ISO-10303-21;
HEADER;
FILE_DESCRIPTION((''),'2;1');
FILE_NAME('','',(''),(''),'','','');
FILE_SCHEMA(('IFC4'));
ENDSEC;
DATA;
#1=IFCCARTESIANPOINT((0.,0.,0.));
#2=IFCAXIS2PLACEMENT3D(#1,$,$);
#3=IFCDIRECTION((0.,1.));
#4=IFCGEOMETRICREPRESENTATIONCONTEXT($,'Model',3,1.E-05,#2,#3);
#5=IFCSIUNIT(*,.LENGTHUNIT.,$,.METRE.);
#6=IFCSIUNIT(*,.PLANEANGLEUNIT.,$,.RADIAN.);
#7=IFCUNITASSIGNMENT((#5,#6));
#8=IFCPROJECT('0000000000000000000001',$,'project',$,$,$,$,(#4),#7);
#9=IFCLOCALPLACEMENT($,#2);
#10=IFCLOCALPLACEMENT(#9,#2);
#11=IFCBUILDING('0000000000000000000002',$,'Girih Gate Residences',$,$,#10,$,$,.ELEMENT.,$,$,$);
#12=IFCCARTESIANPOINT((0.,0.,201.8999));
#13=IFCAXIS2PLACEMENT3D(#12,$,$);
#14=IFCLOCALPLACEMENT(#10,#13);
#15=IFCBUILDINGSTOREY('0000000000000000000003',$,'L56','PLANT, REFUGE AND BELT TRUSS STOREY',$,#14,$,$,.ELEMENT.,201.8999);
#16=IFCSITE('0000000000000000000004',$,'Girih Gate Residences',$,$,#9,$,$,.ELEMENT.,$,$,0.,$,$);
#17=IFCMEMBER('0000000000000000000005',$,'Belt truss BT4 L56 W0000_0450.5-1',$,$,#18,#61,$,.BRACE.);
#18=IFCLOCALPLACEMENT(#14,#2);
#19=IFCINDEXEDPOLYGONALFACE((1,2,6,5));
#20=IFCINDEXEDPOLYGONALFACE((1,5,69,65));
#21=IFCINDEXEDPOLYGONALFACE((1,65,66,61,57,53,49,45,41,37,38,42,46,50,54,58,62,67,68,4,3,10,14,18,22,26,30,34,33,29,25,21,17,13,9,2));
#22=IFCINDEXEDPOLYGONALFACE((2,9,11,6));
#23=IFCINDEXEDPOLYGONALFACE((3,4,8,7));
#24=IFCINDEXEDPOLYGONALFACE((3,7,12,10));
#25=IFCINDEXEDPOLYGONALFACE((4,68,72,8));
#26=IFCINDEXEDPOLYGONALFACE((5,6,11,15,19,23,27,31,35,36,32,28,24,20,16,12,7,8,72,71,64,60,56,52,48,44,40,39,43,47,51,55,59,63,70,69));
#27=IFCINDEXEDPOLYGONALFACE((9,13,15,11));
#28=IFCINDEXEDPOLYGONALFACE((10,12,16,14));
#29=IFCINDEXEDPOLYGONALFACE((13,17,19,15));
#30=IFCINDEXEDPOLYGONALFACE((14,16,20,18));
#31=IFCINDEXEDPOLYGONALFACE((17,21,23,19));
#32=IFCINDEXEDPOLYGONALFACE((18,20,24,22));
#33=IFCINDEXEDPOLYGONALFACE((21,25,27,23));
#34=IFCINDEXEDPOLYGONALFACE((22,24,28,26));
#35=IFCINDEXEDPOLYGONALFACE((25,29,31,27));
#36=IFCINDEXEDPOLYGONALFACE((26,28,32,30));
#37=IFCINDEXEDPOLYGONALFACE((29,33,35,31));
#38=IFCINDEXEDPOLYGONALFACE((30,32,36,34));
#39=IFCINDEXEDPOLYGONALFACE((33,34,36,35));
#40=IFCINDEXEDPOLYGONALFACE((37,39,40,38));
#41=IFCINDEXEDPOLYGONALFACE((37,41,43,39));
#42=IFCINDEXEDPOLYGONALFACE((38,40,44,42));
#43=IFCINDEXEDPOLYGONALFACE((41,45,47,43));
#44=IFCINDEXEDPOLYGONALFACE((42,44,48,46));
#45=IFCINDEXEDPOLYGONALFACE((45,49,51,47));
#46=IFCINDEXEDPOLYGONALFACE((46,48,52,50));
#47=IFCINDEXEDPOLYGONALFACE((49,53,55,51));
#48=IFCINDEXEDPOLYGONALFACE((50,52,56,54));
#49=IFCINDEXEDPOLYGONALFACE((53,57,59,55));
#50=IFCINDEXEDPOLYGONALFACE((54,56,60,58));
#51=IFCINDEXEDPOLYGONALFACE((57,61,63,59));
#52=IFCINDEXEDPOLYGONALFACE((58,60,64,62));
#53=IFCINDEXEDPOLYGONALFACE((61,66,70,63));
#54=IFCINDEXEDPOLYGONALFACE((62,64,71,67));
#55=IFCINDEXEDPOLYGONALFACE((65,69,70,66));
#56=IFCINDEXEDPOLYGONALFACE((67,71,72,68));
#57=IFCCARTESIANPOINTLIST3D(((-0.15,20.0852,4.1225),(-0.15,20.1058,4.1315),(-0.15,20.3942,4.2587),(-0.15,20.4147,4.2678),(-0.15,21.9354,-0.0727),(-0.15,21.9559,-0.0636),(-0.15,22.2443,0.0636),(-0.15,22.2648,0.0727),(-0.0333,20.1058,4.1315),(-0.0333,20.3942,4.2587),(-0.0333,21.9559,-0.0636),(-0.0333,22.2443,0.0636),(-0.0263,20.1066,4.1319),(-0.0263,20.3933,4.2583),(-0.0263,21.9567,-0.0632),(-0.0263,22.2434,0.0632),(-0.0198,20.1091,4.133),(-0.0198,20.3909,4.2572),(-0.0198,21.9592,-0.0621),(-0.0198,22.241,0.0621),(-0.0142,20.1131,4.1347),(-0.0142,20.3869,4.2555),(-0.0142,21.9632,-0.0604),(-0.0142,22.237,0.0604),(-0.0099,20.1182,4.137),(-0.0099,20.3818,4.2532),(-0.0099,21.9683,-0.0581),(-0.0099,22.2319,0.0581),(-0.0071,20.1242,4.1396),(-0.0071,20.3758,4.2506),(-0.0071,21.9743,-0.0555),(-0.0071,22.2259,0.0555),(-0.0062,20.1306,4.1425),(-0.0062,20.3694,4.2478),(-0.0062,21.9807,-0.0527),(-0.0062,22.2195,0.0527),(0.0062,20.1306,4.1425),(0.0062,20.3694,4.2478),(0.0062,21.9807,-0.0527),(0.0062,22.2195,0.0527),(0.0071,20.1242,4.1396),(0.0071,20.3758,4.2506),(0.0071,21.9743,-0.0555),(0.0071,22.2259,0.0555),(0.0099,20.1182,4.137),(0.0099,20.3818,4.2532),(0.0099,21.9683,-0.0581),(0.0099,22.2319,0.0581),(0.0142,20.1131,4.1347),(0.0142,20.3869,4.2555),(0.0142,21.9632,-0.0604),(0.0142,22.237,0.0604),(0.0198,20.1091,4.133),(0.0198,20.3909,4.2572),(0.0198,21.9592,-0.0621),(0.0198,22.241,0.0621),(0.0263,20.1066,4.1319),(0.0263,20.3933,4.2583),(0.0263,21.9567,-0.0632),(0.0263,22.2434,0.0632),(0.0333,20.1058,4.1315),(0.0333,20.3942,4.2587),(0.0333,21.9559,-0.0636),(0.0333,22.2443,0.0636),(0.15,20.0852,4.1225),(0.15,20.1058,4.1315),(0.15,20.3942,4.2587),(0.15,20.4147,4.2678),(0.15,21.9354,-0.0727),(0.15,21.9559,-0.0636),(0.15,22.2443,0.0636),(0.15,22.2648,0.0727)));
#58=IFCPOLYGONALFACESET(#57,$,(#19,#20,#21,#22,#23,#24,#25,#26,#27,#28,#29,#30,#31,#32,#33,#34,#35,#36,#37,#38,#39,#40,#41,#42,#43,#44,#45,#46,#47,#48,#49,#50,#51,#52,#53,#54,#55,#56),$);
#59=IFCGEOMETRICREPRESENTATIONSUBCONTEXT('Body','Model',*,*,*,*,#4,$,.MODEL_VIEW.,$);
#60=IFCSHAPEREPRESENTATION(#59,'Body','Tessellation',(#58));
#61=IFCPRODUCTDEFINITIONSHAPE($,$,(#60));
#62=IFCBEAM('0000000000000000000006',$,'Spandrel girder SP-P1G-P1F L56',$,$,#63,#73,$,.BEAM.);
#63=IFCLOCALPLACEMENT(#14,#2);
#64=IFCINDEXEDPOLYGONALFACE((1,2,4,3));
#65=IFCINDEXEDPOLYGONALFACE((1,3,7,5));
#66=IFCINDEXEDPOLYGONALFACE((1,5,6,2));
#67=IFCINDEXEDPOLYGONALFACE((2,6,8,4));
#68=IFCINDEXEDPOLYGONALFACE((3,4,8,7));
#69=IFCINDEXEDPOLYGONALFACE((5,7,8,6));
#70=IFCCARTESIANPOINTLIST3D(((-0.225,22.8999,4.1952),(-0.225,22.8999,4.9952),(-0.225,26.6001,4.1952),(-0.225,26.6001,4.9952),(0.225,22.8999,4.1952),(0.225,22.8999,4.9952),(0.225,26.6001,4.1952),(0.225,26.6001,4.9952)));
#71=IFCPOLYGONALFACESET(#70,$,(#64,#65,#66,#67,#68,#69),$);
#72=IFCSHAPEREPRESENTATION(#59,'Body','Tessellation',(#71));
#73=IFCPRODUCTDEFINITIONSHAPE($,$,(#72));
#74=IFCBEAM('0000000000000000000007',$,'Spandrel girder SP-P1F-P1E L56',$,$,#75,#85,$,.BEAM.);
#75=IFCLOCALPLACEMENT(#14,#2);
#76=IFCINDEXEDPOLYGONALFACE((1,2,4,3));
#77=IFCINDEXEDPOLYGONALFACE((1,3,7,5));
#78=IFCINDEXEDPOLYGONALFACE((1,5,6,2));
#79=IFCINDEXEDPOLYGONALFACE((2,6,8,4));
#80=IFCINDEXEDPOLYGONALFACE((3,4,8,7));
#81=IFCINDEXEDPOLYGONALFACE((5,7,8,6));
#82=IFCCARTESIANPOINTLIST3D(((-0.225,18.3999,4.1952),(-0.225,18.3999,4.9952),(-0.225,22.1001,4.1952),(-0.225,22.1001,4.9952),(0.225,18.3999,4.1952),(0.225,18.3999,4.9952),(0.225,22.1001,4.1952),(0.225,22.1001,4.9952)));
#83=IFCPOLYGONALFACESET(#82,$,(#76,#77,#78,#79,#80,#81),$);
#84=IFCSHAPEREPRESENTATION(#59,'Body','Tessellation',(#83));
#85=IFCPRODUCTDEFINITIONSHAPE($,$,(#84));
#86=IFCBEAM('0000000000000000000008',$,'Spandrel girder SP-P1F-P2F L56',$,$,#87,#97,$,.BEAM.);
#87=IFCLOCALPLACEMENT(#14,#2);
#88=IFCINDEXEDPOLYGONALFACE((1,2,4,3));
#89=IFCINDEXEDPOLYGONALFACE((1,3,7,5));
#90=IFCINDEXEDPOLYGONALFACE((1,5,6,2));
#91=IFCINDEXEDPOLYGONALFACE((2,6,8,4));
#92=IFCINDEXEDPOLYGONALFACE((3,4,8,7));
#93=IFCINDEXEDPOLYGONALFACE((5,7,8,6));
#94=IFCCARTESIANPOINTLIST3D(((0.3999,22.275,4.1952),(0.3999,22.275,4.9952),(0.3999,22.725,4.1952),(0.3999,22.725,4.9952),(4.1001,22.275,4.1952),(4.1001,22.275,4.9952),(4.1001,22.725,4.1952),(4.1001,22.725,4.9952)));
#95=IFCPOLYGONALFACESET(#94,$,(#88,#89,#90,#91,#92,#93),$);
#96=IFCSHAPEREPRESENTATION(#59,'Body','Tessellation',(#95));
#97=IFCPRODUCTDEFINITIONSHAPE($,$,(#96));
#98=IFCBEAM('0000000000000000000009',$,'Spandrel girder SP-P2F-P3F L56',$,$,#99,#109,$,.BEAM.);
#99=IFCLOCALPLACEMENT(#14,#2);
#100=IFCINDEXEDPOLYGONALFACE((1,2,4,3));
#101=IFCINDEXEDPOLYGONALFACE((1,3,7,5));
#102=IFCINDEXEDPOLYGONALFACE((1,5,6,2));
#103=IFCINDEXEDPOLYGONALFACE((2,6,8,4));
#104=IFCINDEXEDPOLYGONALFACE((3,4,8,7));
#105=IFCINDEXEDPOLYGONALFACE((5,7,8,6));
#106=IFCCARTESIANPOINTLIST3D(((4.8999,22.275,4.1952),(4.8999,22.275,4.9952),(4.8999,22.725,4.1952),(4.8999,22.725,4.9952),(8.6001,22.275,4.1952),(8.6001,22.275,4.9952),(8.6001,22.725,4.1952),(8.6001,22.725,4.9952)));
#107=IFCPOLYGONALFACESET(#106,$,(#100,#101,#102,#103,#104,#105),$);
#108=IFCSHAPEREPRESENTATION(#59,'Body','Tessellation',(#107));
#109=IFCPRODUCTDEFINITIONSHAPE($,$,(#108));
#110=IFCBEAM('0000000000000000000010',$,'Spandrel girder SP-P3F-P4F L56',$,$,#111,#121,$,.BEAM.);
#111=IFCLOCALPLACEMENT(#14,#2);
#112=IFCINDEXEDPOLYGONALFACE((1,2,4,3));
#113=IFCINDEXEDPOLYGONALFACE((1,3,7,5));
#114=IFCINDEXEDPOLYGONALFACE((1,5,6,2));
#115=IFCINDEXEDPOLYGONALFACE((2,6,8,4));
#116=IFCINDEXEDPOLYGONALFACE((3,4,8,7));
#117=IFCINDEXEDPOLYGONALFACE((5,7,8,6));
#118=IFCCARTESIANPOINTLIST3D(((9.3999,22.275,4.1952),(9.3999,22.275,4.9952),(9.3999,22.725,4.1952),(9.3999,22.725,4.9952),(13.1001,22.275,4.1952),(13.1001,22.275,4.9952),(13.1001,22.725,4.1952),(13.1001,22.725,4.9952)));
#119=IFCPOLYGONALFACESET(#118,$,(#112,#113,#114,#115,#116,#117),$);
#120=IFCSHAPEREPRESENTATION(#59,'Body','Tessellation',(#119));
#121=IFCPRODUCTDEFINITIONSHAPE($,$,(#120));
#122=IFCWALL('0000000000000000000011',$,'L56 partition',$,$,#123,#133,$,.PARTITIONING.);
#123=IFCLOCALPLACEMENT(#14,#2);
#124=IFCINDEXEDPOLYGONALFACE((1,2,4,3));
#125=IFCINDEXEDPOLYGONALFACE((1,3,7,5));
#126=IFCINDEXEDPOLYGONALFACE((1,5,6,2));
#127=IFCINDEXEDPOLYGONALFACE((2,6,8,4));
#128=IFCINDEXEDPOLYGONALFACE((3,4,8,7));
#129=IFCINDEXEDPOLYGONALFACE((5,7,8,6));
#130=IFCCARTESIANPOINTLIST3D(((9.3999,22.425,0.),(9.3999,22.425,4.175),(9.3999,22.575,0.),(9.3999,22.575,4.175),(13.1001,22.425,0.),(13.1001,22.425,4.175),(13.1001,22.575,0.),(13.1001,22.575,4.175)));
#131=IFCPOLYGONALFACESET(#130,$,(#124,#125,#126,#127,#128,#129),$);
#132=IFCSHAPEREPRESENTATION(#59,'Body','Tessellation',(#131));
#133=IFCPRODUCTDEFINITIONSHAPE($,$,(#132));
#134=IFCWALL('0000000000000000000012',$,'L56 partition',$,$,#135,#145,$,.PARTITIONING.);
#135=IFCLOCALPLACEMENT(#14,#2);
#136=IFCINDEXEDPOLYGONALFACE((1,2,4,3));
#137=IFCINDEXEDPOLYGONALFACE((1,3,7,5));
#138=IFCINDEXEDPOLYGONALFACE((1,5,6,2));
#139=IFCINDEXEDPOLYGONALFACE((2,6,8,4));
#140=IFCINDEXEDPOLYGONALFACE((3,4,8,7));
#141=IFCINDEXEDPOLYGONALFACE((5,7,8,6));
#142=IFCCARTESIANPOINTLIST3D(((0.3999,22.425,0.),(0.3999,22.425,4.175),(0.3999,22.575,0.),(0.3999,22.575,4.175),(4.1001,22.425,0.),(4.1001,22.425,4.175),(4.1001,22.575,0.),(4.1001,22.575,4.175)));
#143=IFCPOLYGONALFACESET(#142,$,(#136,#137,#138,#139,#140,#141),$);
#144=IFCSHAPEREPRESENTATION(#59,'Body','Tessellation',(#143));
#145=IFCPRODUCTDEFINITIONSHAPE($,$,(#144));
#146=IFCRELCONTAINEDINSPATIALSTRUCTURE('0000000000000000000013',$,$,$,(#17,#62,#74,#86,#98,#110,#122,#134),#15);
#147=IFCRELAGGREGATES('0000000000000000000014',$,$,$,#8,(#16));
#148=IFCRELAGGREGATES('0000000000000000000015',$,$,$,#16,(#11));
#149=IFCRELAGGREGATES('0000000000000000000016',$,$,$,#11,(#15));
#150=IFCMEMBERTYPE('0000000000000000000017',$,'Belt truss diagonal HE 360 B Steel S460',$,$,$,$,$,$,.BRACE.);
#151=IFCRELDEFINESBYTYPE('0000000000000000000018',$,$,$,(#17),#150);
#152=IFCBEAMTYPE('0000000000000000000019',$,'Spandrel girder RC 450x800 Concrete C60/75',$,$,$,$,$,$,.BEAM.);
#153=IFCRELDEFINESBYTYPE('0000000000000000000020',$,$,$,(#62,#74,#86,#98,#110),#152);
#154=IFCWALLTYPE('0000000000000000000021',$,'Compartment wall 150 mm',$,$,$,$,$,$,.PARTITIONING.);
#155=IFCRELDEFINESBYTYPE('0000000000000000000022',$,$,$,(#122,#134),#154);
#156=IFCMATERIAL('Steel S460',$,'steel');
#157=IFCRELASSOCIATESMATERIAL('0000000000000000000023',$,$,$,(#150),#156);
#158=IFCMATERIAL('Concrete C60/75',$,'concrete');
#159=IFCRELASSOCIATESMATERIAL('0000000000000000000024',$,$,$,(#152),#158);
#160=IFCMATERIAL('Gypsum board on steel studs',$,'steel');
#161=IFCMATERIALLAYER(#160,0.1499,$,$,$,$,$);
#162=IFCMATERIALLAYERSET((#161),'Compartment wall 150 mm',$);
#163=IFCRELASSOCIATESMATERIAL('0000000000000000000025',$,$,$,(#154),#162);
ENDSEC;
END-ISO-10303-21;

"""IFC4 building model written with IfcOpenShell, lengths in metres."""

from ifc_helpers import new_model, si_unit, direction, frame, frame_2d, origin, origin_2d, place, context, subcontext, project, spatial, rectangle, i_section, extrude, material, layer, layer_set, material_profile, profile_set, type_object, element, save


model = new_model("IFC4")

# Units and contexts
model_context = context("Model", 3, precision=1e-05, world=origin(), true_north=direction((0.0, 1.0)))
body_context = subcontext(model_context, "Body", "Model", "MODEL_VIEW")
ifc_project = project(units=[si_unit("LENGTHUNIT", "METRE"), si_unit("PLANEANGLEUNIT", "RADIAN")], contexts=[model_context])

# Site, building, storey
site_placement = place(None, origin())
site = spatial("IfcSite", under=ifc_project, at=site_placement, Name="Girih Gate Residences", CompositionType="ELEMENT", RefElevation=0.0)
building_placement = place(site_placement, origin())
building = spatial("IfcBuilding", under=site, at=building_placement, Name="Girih Gate Residences", CompositionType="ELEMENT")
storey_placement = place(building_placement, frame((0.0, 0.0, 201.8999)))
storey = spatial("IfcBuildingStorey", under=building, at=storey_placement, Name="L56", Description="PLANT, REFUGE AND BELT TRUSS STOREY", CompositionType="ELEMENT", Elevation=201.8999)

# Shared definitions
ifc_material_1 = material(Name="Concrete C60/75", Category="concrete")

# Member
ifc_material_2 = material(Name="Steel S460", Category="steel")
ifc_material_profile_1 = material_profile(ifc_material_2, i_section(OverallWidth=0.3, OverallDepth=0.3601, WebThickness=0.0125, FlangeThickness=0.0225, FilletRadius=0.0271, at=origin_2d()))
ifc_profile_set_1 = profile_set([ifc_material_profile_1], Name="Steel S460")
member_type = type_object("IfcMemberType", Name="Belt truss diagonal HE 360 B Steel S460", PredefinedType="BRACE", material=ifc_profile_set_1)
for number, where, z_axis, x_axis, name in (
    (1, (0.0, 22.1001, 0.0), (0.0, -0.403518, 0.914972), (1.0, 0.0, 0.0), "Belt truss BT4 L56 W0000_0450.5-1"),
):
    element("IfcMember", number, at=place(storey_placement, frame(where, z_axis=z_axis, x_axis=x_axis)), inside=storey, type_object=member_type, Name=name, PredefinedType="BRACE", context=body_context, shape_type="SweptSolid", body=[
        extrude(i_section(OverallWidth=0.3, OverallDepth=0.3601, WebThickness=0.0125, FlangeThickness=0.0225, FilletRadius=0.0271, at=origin_2d()), origin(), (0.0, 0.0, 1.0), 4.585),
    ])

# Beams
ifc_material_profile_2 = material_profile(ifc_material_1, rectangle(XDim=0.45, YDim=0.8, at=origin_2d()))
ifc_profile_set_2 = profile_set([ifc_material_profile_2], Name="Concrete C60/75")
beam_type = type_object("IfcBeamType", Name="Spandrel girder RC 450x800 Concrete C60/75", PredefinedType="BEAM", material=ifc_profile_set_2)
for number, where, z_axis, x_axis, name in (
    (2, (0.0, 26.6001, 4.5952), (0.0, -1.0, 0.0), (1.0, 0.0, 0.0), "Spandrel girder SP-P1G-P1F L56"),
    (3, (0.0, 22.1001, 4.5952), (0.0, -1.0, 0.0), (1.0, 0.0, 0.0), "Spandrel girder SP-P1F-P1E L56"),
    (4, (0.3999, 22.5, 4.5952), (1.0, 0.0, 0.0), (0.0, 1.0, 0.0), "Spandrel girder SP-P1F-P2F L56"),
    (5, (4.8999, 22.5, 4.5952), (1.0, 0.0, 0.0), (0.0, 1.0, 0.0), "Spandrel girder SP-P2F-P3F L56"),
    (6, (9.3999, 22.5, 4.5952), (1.0, 0.0, 0.0), (0.0, 1.0, 0.0), "Spandrel girder SP-P3F-P4F L56"),
):
    element("IfcBeam", number, at=place(storey_placement, frame(where, z_axis=z_axis, x_axis=x_axis)), inside=storey, type_object=beam_type, Name=name, PredefinedType="BEAM", context=body_context, shape_type="SweptSolid", body=[
        extrude(rectangle(XDim=0.45, YDim=0.8, at=origin_2d()), origin(), (0.0, 0.0, 1.0), 3.7002),
    ])

# Walls
ifc_material_3 = material(Name="Gypsum board on steel studs", Category="steel")
ifc_layer_1 = layer(ifc_material_3, 0.1499)
ifc_layer_set_1 = layer_set([ifc_layer_1], Name="Compartment wall 150 mm")
wall_type_1 = type_object("IfcWallType", Name="Compartment wall 150 mm", PredefinedType="PARTITIONING", material=ifc_layer_set_1)
for number, where, z_axis, x_axis, name in (
    (7, (9.3999, 22.5, 0.0), (0.0, 0.0, 1.0), (1.0, 0.0, 0.0), "L56 partition"),
    (8, (0.3999, 22.5, 0.0), (0.0, 0.0, 1.0), (1.0, 0.0, 0.0), "L56 partition"),
):
    element("IfcWall", number, at=place(storey_placement, frame(where, z_axis=z_axis, x_axis=x_axis)), inside=storey, type_object=wall_type_1, Name=name, PredefinedType="PARTITIONING", context=body_context, shape_type="SweptSolid", body=[
        extrude(rectangle(XDim=3.7002, YDim=0.1499, at=frame_2d((1.8501, 0.0))), origin(), (0.0, 0.0, 1.0), 4.175),
    ])

save(model, "model.ifc")
